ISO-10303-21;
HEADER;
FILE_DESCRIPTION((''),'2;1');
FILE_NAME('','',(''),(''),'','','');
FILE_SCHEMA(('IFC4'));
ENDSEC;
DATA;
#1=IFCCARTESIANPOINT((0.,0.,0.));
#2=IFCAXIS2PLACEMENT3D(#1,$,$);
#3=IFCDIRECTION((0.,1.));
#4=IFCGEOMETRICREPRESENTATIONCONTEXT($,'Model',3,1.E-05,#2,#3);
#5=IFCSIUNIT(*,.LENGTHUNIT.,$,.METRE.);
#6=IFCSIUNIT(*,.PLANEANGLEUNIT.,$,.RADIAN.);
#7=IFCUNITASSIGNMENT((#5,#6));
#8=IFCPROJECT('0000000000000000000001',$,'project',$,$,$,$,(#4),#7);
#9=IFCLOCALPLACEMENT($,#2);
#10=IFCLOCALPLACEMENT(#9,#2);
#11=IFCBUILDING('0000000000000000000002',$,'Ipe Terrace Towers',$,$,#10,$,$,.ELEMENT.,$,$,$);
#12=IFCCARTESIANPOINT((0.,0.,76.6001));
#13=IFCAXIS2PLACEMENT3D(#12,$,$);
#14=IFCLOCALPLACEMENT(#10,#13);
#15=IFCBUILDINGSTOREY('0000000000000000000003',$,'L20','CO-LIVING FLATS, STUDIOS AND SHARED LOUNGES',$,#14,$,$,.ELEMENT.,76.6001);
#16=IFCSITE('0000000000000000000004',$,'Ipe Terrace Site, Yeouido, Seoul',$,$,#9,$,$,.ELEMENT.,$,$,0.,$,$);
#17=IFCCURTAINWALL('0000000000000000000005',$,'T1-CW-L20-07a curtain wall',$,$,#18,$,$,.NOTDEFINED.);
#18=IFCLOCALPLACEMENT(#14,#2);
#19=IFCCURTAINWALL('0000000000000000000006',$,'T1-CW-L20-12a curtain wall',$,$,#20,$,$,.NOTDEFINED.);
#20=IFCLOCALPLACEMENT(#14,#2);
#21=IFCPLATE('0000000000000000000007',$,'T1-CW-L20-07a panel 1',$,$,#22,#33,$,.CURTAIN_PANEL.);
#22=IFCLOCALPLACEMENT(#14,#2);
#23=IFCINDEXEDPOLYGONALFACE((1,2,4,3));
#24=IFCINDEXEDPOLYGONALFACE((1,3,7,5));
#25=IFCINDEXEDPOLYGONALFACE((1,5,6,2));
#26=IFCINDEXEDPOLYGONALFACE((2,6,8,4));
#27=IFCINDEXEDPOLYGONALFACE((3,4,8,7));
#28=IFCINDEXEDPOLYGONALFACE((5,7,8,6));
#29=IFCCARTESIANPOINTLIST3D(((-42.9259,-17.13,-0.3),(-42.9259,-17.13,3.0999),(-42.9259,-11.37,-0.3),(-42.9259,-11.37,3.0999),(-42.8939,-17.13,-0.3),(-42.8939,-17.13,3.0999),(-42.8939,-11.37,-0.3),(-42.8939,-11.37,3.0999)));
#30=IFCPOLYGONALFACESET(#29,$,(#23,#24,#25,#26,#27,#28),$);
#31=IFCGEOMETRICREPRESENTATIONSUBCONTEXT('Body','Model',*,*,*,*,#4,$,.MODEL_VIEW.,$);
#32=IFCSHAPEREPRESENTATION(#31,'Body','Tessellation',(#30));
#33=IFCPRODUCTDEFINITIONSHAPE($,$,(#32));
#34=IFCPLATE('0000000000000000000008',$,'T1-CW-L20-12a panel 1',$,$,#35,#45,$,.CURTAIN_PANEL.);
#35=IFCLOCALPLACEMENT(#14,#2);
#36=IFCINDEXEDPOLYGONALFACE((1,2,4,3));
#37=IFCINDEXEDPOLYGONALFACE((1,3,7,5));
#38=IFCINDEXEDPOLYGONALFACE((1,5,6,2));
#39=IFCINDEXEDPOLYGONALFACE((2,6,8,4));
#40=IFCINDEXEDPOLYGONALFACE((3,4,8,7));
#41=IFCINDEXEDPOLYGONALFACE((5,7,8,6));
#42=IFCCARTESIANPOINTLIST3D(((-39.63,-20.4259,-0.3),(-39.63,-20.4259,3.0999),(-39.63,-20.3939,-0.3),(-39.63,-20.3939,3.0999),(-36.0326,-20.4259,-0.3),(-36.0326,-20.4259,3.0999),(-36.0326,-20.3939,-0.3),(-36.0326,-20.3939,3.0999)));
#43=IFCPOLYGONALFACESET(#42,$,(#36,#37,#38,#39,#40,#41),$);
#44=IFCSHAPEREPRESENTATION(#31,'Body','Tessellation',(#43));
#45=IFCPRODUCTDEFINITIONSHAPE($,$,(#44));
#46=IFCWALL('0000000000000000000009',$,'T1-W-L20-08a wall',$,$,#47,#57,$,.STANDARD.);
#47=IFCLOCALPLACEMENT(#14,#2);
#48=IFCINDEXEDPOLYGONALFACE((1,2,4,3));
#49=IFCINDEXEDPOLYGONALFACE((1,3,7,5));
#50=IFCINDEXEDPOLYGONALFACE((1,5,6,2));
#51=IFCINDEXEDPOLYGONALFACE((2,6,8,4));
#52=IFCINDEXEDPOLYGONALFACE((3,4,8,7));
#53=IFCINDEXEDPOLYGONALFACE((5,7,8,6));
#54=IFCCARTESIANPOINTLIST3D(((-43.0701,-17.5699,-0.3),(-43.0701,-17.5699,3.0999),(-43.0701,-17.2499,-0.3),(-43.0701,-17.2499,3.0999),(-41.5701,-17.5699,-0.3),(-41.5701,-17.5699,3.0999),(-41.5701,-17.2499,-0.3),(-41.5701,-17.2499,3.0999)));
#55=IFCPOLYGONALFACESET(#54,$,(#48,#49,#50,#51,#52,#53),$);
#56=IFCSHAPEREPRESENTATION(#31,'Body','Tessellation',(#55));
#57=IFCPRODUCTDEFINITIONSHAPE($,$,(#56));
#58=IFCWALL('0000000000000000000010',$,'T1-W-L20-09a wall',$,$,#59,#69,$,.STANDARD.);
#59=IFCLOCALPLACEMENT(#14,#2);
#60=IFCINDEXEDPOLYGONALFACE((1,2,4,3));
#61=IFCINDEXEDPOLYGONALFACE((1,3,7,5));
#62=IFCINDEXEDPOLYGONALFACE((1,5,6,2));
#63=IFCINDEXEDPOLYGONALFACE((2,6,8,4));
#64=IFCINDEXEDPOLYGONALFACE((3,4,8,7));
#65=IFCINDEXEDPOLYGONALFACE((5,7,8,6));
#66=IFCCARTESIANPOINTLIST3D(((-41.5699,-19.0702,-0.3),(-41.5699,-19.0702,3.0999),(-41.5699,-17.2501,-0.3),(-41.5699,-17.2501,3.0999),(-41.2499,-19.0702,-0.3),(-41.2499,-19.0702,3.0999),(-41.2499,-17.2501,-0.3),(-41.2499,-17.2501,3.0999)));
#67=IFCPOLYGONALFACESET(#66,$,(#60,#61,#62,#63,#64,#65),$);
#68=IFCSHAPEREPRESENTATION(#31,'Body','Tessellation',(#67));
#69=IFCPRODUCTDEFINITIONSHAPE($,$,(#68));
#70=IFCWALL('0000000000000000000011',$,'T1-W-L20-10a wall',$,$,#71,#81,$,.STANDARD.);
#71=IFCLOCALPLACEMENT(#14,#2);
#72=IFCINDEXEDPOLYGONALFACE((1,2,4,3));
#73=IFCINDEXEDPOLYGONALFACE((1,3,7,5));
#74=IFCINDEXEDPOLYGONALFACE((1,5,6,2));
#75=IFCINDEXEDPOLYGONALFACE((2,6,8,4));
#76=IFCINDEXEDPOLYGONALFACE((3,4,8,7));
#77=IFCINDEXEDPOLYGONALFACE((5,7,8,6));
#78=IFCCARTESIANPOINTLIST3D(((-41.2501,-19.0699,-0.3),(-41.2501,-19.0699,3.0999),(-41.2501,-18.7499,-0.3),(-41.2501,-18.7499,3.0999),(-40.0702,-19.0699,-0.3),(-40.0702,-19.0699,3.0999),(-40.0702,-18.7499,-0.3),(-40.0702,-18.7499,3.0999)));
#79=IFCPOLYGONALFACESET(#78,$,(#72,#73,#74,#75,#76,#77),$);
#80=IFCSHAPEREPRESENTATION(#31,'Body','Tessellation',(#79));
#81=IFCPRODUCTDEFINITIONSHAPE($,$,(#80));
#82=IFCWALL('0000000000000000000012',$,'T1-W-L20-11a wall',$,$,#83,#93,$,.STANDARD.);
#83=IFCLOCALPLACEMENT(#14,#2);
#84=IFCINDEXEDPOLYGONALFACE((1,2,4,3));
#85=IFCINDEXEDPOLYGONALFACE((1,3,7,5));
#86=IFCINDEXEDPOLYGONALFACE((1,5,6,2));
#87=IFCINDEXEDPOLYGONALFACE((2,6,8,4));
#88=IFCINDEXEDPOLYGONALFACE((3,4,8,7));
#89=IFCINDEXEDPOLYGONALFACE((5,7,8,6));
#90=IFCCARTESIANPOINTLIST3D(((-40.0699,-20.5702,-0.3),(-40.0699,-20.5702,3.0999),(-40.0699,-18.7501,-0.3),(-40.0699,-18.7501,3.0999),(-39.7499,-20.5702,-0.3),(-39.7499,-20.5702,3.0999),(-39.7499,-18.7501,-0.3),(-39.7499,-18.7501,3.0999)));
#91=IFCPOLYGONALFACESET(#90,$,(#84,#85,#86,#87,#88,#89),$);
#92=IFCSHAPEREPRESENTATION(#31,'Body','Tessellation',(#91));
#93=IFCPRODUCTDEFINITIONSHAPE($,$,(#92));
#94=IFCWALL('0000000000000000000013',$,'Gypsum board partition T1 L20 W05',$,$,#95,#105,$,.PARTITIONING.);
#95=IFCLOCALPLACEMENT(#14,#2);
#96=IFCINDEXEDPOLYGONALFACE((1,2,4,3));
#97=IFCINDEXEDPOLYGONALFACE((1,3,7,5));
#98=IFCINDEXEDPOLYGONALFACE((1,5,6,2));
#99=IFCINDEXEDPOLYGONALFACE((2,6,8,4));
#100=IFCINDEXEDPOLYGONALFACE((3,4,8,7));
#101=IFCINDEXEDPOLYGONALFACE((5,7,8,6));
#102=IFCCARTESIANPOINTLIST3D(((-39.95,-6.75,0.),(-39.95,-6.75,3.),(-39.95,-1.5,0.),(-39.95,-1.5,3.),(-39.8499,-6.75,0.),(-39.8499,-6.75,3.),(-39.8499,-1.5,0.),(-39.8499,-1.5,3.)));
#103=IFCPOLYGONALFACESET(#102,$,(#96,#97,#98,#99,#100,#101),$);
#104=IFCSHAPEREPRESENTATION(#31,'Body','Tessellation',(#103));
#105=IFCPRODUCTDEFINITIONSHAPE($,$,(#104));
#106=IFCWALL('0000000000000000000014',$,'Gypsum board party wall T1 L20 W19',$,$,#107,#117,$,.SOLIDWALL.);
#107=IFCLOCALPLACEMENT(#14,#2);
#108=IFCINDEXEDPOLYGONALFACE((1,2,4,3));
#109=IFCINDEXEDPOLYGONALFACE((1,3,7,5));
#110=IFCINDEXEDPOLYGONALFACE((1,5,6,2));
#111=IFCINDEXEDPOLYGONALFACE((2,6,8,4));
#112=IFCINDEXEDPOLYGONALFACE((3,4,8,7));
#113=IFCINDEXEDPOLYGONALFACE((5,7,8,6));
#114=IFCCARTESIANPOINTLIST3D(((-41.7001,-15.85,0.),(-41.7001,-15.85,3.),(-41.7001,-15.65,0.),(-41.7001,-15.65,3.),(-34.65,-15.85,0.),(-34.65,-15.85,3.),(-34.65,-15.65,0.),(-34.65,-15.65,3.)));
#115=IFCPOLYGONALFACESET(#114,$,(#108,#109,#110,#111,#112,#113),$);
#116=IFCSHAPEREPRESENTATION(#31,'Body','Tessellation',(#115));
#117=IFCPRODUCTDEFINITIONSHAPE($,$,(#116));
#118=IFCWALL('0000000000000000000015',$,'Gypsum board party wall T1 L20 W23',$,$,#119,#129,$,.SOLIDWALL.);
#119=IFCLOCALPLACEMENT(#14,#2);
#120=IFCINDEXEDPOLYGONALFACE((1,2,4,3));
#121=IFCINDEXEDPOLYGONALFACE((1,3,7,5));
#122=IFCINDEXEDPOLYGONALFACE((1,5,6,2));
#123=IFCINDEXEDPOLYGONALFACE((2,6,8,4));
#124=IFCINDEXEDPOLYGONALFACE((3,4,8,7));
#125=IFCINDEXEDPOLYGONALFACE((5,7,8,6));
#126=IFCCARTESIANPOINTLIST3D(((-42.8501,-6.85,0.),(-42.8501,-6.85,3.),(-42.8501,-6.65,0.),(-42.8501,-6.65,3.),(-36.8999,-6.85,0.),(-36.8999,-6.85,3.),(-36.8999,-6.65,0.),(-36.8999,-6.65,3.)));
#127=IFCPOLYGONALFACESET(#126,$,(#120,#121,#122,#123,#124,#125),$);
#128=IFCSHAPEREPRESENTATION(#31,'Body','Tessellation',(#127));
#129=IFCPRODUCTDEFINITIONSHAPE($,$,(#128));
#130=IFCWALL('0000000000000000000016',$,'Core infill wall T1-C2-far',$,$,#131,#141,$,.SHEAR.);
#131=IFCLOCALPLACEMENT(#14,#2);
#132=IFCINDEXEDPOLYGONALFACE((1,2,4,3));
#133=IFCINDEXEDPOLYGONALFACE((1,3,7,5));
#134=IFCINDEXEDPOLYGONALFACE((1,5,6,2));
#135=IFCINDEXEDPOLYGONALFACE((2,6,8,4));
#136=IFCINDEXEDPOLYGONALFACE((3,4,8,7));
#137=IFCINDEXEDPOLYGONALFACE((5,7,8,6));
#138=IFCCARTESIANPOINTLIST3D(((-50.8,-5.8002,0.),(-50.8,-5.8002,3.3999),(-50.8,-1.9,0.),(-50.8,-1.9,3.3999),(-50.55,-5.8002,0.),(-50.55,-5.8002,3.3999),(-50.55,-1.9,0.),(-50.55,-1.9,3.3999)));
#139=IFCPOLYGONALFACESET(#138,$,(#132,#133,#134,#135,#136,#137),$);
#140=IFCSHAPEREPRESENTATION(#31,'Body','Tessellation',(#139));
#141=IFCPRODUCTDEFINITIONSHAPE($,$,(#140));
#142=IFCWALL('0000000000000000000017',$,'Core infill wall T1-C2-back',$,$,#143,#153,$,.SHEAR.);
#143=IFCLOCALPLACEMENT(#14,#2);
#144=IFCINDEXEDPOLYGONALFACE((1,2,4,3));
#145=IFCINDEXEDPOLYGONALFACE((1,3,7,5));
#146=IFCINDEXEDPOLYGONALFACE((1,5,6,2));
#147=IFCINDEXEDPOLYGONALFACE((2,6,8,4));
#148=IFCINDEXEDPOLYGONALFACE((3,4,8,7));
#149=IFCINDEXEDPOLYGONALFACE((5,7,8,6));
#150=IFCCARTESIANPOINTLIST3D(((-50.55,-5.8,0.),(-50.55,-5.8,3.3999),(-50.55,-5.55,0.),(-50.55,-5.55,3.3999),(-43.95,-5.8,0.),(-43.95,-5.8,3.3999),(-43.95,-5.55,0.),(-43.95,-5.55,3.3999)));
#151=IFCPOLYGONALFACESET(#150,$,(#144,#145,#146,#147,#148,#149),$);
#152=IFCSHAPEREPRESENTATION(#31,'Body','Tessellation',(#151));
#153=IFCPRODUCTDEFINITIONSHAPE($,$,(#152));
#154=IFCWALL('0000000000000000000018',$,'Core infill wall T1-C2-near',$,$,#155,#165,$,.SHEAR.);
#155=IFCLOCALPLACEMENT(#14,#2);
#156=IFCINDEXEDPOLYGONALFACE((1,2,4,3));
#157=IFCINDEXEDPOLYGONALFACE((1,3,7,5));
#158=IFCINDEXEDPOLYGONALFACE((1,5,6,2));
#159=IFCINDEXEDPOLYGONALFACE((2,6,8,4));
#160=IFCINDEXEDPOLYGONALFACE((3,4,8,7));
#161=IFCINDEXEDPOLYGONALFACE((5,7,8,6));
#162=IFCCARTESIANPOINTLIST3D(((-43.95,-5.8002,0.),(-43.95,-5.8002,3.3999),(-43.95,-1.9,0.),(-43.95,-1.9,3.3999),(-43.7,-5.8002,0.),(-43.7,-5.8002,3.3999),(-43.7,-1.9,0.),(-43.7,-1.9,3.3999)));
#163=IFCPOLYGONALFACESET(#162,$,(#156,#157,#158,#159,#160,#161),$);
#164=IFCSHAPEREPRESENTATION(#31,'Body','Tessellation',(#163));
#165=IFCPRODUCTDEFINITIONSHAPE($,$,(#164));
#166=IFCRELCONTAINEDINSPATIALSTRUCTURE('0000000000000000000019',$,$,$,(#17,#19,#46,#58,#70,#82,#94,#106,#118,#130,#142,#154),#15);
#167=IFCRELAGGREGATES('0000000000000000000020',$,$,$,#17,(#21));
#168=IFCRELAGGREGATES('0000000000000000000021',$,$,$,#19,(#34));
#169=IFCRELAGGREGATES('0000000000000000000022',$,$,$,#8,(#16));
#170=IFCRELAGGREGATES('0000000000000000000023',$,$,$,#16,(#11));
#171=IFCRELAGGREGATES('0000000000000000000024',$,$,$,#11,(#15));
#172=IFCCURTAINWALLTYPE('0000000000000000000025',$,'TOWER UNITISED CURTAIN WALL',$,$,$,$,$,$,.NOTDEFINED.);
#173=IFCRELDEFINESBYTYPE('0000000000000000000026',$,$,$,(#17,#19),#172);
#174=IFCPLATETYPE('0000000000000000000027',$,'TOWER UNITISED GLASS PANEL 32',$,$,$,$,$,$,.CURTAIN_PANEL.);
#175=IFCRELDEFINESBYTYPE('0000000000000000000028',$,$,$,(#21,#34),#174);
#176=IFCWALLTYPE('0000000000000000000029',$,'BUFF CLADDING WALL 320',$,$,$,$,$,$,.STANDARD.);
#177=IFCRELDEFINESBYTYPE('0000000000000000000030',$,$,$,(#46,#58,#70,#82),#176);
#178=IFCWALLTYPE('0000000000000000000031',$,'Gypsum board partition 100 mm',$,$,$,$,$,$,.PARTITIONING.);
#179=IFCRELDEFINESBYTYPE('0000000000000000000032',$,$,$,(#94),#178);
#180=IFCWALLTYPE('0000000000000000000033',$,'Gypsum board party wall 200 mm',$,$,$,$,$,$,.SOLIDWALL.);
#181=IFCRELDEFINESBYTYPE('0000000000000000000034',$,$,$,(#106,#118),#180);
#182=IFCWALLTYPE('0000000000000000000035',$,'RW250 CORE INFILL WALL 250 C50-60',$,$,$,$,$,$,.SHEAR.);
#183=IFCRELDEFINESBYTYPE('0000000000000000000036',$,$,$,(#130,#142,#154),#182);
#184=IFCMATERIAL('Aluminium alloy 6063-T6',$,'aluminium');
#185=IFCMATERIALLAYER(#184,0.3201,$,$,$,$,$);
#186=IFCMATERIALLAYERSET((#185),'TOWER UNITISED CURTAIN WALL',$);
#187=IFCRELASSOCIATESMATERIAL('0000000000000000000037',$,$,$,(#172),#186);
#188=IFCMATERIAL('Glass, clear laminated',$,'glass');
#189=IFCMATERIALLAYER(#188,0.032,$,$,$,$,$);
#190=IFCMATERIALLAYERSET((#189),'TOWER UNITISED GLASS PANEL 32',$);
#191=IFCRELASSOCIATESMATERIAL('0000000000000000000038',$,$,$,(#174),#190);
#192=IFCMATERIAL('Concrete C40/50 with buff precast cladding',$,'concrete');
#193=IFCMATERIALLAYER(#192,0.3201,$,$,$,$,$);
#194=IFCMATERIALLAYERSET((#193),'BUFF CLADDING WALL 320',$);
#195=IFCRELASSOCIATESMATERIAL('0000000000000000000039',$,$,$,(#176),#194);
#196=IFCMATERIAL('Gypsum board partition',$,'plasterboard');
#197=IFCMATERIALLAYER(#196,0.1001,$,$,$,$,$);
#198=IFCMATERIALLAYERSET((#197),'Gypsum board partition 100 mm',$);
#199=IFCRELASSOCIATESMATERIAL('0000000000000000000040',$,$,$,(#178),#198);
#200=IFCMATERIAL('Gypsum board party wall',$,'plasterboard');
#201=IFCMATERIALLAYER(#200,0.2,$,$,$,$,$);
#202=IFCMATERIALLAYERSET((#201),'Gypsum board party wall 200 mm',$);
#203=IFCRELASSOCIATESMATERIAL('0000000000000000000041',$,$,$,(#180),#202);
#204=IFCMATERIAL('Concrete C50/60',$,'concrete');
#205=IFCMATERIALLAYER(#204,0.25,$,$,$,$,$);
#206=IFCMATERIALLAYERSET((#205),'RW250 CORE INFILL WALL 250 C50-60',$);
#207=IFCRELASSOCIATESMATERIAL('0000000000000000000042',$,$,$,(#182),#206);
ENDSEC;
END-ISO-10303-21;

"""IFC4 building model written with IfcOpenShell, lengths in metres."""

from ifc_helpers import new_model, si_unit, direction, frame, frame_2d, origin, origin_2d, place, context, subcontext, project, spatial, rectangle, extrude, material, layer, layer_set, type_object, element, aggregate, save


model = new_model("IFC4")

# Units and contexts
model_context = context("Model", 3, precision=1e-05, world=origin(), true_north=direction((0.0, 1.0)))
body_context = subcontext(model_context, "Body", "Model", "MODEL_VIEW")
ifc_project = project(units=[si_unit("LENGTHUNIT", "METRE"), si_unit("PLANEANGLEUNIT", "RADIAN")], contexts=[model_context])

# Site, building, storey
site_placement = place(None, origin())
site = spatial("IfcSite", under=ifc_project, at=site_placement, Name="Ipe Terrace Site, Yeouido, Seoul", CompositionType="ELEMENT", RefElevation=0.0)
building_placement = place(site_placement, origin())
building = spatial("IfcBuilding", under=site, at=building_placement, Name="Ipe Terrace Towers", CompositionType="ELEMENT")
storey_placement = place(building_placement, frame((0.0, 0.0, 76.6001)))
storey = spatial("IfcBuildingStorey", under=building, at=storey_placement, Name="L20", Description="CO-LIVING FLATS, STUDIOS AND SHARED LOUNGES", CompositionType="ELEMENT", Elevation=76.6001)

# Curtain wall
ifc_material_1 = material(Name="Aluminium alloy 6063-T6", Category="aluminium")
ifc_layer_1 = layer(ifc_material_1, 0.3201)
ifc_layer_set_1 = layer_set([ifc_layer_1], Name="TOWER UNITISED CURTAIN WALL")
curtain_wall_type = type_object("IfcCurtainWallType", Name="TOWER UNITISED CURTAIN WALL", PredefinedType="NOTDEFINED", material=ifc_layer_set_1)
curtain_wall_1_placement = place(storey_placement, origin())
curtain_wall_1 = element("IfcCurtainWall", 1, at=curtain_wall_1_placement, inside=storey, type_object=curtain_wall_type, Name="T1-CW-L20-07a curtain wall", PredefinedType="NOTDEFINED")

# Curtain wall
curtain_wall_2_placement = place(storey_placement, origin())
curtain_wall_2 = element("IfcCurtainWall", 2, at=curtain_wall_2_placement, inside=storey, type_object=curtain_wall_type, Name="T1-CW-L20-12a curtain wall", PredefinedType="NOTDEFINED")

# Plates
ifc_material_2 = material(Name="Glass, clear laminated", Category="glass")
ifc_layer_2 = layer(ifc_material_2, 0.032)
ifc_layer_set_2 = layer_set([ifc_layer_2], Name="TOWER UNITISED GLASS PANEL 32")
plate_type = type_object("IfcPlateType", Name="TOWER UNITISED GLASS PANEL 32", PredefinedType="CURTAIN_PANEL", material=ifc_layer_set_2)
plate_1_placement = place(storey_placement, frame((-42.9099, -14.25, -0.3), z_axis=(0.0, 0.0, 1.0), x_axis=(0.0, -1.0, 0.0)))
plate_1 = element("IfcPlate", 3, at=plate_1_placement, type_object=plate_type, Name="T1-CW-L20-07a panel 1", PredefinedType="CURTAIN_PANEL", context=body_context, shape_type="SweptSolid", body=[
    extrude(rectangle(XDim=5.76, YDim=0.032, at=origin_2d()), origin(), (0.0, 0.0, 1.0), 3.3999),
])
aggregate(curtain_wall_1, [plate_1])
plate_2_placement = place(storey_placement, frame((-37.8313, -20.4099, -0.3), z_axis=(0.0, 0.0, 1.0), x_axis=(1.0, 0.0, 0.0)))
plate_2 = element("IfcPlate", 4, at=plate_2_placement, type_object=plate_type, Name="T1-CW-L20-12a panel 1", PredefinedType="CURTAIN_PANEL", context=body_context, shape_type="SweptSolid", body=[
    extrude(rectangle(XDim=3.5974, YDim=0.032, at=origin_2d()), origin(), (0.0, 0.0, 1.0), 3.3999),
])
aggregate(curtain_wall_2, [plate_2])

# Walls
ifc_material_3 = material(Name="Concrete C40/50 with buff precast cladding", Category="concrete")
ifc_layer_3 = layer(ifc_material_3, 0.3201)
ifc_layer_set_3 = layer_set([ifc_layer_3], Name="BUFF CLADDING WALL 320")
wall_type_1 = type_object("IfcWallType", Name="BUFF CLADDING WALL 320", PredefinedType="STANDARD", material=ifc_layer_set_3)
wall_1_placement = place(storey_placement, frame((-43.0701, -17.4099, -0.3), z_axis=(0.0, 0.0, 1.0), x_axis=(1.0, 0.0, 0.0)))
element("IfcWall", 5, at=wall_1_placement, inside=storey, type_object=wall_type_1, Name="T1-W-L20-08a wall", PredefinedType="STANDARD", context=body_context, shape_type="SweptSolid", body=[
    extrude(rectangle(XDim=1.5, YDim=0.3201, at=frame_2d((0.75, 0.0))), origin(), (0.0, 0.0, 1.0), 3.3999),
])
wall_2_placement = place(storey_placement, frame((-41.4099, -17.25, -0.3), z_axis=(0.0, 0.0, 1.0), x_axis=(0.0, -1.0, 0.0)))
element("IfcWall", 6, at=wall_2_placement, inside=storey, type_object=wall_type_1, Name="T1-W-L20-09a wall", PredefinedType="STANDARD", context=body_context, shape_type="SweptSolid", body=[
    extrude(rectangle(XDim=1.8201, YDim=0.3201, at=frame_2d((0.9102, 0.0))), origin(), (0.0, 0.0, 1.0), 3.3999),
])
wall_3_placement = place(storey_placement, frame((-41.25, -18.9099, -0.3), z_axis=(0.0, 0.0, 1.0), x_axis=(1.0, 0.0, 0.0)))
element("IfcWall", 7, at=wall_3_placement, inside=storey, type_object=wall_type_1, Name="T1-W-L20-10a wall", PredefinedType="STANDARD", context=body_context, shape_type="SweptSolid", body=[
    extrude(rectangle(XDim=1.1799, YDim=0.3201, at=frame_2d((0.5898, 0.0))), origin(), (0.0, 0.0, 1.0), 3.3999),
])
wall_4_placement = place(storey_placement, frame((-39.9099, -18.75, -0.3), z_axis=(0.0, 0.0, 1.0), x_axis=(0.0, -1.0, 0.0)))
element("IfcWall", 8, at=wall_4_placement, inside=storey, type_object=wall_type_1, Name="T1-W-L20-11a wall", PredefinedType="STANDARD", context=body_context, shape_type="SweptSolid", body=[
    extrude(rectangle(XDim=1.8201, YDim=0.3201, at=frame_2d((0.9102, 0.0))), origin(), (0.0, 0.0, 1.0), 3.3999),
])
ifc_material_4 = material(Name="Gypsum board partition", Category="plasterboard")
ifc_layer_4 = layer(ifc_material_4, 0.1001)
ifc_layer_set_4 = layer_set([ifc_layer_4], Name="Gypsum board partition 100 mm")
wall_type_2 = type_object("IfcWallType", Name="Gypsum board partition 100 mm", PredefinedType="PARTITIONING", material=ifc_layer_set_4)
wall_5_placement = place(storey_placement, frame((-39.8999, -6.75, 0.0), z_axis=(0.0, 0.0, 1.0), x_axis=(0.0, 1.0, 0.0)))
element("IfcWall", 9, at=wall_5_placement, inside=storey, type_object=wall_type_2, Name="Gypsum board partition T1 L20 W05", PredefinedType="PARTITIONING", context=body_context, shape_type="SweptSolid", body=[
    extrude(rectangle(XDim=5.25, YDim=0.1001, at=frame_2d((2.625, 0.0))), origin(), (0.0, 0.0, 1.0), 3.0),
])
ifc_material_5 = material(Name="Gypsum board party wall", Category="plasterboard")
ifc_layer_5 = layer(ifc_material_5, 0.2)
ifc_layer_set_5 = layer_set([ifc_layer_5], Name="Gypsum board party wall 200 mm")
wall_type_3 = type_object("IfcWallType", Name="Gypsum board party wall 200 mm", PredefinedType="SOLIDWALL", material=ifc_layer_set_5)
wall_6_placement = place(storey_placement, frame((-41.7, -15.75, 0.0), z_axis=(0.0, 0.0, 1.0), x_axis=(1.0, 0.0, 0.0)))
element("IfcWall", 10, at=wall_6_placement, inside=storey, type_object=wall_type_3, Name="Gypsum board party wall T1 L20 W19", PredefinedType="SOLIDWALL", context=body_context, shape_type="SweptSolid", body=[
    extrude(rectangle(XDim=7.05, YDim=0.2, at=frame_2d((3.5249, 0.0))), origin(), (0.0, 0.0, 1.0), 3.0),
])
wall_7_placement = place(storey_placement, frame((-42.8501, -6.75, 0.0), z_axis=(0.0, 0.0, 1.0), x_axis=(1.0, 0.0, 0.0)))
element("IfcWall", 11, at=wall_7_placement, inside=storey, type_object=wall_type_3, Name="Gypsum board party wall T1 L20 W23", PredefinedType="SOLIDWALL", context=body_context, shape_type="SweptSolid", body=[
    extrude(rectangle(XDim=5.9502, YDim=0.2, at=frame_2d((2.9751, 0.0))), origin(), (0.0, 0.0, 1.0), 3.0),
])
ifc_material_6 = material(Name="Concrete C50/60", Category="concrete")
ifc_layer_6 = layer(ifc_material_6, 0.25)
ifc_layer_set_6 = layer_set([ifc_layer_6], Name="RW250 CORE INFILL WALL 250 C50-60")
wall_type_4 = type_object("IfcWallType", Name="RW250 CORE INFILL WALL 250 C50-60", PredefinedType="SHEAR", material=ifc_layer_set_6)
wall_8_placement = place(storey_placement, frame((-50.675, -1.8999, 0.0), z_axis=(0.0, 0.0, 1.0), x_axis=(0.0, -1.0, 0.0)))
element("IfcWall", 12, at=wall_8_placement, inside=storey, type_object=wall_type_4, Name="Core infill wall T1-C2-far", PredefinedType="SHEAR", context=body_context, shape_type="SweptSolid", body=[
    extrude(rectangle(XDim=3.9001, YDim=0.25, at=frame_2d((1.9502, 0.0))), origin(), (0.0, 0.0, 1.0), 3.3999),
])
wall_9_placement = place(storey_placement, frame((-43.95, -5.675, 0.0), z_axis=(0.0, 0.0, 1.0), x_axis=(-1.0, 0.0, 0.0)))
element("IfcWall", 13, at=wall_9_placement, inside=storey, type_object=wall_type_4, Name="Core infill wall T1-C2-back", PredefinedType="SHEAR", context=body_context, shape_type="SweptSolid", body=[
    extrude(rectangle(XDim=6.6001, YDim=0.25, at=frame_2d((3.3, 0.0))), origin(), (0.0, 0.0, 1.0), 3.3999),
])
wall_10_placement = place(storey_placement, frame((-43.825, -1.8999, 0.0), z_axis=(0.0, 0.0, 1.0), x_axis=(0.0, -1.0, 0.0)))
element("IfcWall", 14, at=wall_10_placement, inside=storey, type_object=wall_type_4, Name="Core infill wall T1-C2-near", PredefinedType="SHEAR", context=body_context, shape_type="SweptSolid", body=[
    extrude(rectangle(XDim=3.9001, YDim=0.25, at=frame_2d((1.9502, 0.0))), origin(), (0.0, 0.0, 1.0), 3.3999),
])

save(model, "model.ifc")
